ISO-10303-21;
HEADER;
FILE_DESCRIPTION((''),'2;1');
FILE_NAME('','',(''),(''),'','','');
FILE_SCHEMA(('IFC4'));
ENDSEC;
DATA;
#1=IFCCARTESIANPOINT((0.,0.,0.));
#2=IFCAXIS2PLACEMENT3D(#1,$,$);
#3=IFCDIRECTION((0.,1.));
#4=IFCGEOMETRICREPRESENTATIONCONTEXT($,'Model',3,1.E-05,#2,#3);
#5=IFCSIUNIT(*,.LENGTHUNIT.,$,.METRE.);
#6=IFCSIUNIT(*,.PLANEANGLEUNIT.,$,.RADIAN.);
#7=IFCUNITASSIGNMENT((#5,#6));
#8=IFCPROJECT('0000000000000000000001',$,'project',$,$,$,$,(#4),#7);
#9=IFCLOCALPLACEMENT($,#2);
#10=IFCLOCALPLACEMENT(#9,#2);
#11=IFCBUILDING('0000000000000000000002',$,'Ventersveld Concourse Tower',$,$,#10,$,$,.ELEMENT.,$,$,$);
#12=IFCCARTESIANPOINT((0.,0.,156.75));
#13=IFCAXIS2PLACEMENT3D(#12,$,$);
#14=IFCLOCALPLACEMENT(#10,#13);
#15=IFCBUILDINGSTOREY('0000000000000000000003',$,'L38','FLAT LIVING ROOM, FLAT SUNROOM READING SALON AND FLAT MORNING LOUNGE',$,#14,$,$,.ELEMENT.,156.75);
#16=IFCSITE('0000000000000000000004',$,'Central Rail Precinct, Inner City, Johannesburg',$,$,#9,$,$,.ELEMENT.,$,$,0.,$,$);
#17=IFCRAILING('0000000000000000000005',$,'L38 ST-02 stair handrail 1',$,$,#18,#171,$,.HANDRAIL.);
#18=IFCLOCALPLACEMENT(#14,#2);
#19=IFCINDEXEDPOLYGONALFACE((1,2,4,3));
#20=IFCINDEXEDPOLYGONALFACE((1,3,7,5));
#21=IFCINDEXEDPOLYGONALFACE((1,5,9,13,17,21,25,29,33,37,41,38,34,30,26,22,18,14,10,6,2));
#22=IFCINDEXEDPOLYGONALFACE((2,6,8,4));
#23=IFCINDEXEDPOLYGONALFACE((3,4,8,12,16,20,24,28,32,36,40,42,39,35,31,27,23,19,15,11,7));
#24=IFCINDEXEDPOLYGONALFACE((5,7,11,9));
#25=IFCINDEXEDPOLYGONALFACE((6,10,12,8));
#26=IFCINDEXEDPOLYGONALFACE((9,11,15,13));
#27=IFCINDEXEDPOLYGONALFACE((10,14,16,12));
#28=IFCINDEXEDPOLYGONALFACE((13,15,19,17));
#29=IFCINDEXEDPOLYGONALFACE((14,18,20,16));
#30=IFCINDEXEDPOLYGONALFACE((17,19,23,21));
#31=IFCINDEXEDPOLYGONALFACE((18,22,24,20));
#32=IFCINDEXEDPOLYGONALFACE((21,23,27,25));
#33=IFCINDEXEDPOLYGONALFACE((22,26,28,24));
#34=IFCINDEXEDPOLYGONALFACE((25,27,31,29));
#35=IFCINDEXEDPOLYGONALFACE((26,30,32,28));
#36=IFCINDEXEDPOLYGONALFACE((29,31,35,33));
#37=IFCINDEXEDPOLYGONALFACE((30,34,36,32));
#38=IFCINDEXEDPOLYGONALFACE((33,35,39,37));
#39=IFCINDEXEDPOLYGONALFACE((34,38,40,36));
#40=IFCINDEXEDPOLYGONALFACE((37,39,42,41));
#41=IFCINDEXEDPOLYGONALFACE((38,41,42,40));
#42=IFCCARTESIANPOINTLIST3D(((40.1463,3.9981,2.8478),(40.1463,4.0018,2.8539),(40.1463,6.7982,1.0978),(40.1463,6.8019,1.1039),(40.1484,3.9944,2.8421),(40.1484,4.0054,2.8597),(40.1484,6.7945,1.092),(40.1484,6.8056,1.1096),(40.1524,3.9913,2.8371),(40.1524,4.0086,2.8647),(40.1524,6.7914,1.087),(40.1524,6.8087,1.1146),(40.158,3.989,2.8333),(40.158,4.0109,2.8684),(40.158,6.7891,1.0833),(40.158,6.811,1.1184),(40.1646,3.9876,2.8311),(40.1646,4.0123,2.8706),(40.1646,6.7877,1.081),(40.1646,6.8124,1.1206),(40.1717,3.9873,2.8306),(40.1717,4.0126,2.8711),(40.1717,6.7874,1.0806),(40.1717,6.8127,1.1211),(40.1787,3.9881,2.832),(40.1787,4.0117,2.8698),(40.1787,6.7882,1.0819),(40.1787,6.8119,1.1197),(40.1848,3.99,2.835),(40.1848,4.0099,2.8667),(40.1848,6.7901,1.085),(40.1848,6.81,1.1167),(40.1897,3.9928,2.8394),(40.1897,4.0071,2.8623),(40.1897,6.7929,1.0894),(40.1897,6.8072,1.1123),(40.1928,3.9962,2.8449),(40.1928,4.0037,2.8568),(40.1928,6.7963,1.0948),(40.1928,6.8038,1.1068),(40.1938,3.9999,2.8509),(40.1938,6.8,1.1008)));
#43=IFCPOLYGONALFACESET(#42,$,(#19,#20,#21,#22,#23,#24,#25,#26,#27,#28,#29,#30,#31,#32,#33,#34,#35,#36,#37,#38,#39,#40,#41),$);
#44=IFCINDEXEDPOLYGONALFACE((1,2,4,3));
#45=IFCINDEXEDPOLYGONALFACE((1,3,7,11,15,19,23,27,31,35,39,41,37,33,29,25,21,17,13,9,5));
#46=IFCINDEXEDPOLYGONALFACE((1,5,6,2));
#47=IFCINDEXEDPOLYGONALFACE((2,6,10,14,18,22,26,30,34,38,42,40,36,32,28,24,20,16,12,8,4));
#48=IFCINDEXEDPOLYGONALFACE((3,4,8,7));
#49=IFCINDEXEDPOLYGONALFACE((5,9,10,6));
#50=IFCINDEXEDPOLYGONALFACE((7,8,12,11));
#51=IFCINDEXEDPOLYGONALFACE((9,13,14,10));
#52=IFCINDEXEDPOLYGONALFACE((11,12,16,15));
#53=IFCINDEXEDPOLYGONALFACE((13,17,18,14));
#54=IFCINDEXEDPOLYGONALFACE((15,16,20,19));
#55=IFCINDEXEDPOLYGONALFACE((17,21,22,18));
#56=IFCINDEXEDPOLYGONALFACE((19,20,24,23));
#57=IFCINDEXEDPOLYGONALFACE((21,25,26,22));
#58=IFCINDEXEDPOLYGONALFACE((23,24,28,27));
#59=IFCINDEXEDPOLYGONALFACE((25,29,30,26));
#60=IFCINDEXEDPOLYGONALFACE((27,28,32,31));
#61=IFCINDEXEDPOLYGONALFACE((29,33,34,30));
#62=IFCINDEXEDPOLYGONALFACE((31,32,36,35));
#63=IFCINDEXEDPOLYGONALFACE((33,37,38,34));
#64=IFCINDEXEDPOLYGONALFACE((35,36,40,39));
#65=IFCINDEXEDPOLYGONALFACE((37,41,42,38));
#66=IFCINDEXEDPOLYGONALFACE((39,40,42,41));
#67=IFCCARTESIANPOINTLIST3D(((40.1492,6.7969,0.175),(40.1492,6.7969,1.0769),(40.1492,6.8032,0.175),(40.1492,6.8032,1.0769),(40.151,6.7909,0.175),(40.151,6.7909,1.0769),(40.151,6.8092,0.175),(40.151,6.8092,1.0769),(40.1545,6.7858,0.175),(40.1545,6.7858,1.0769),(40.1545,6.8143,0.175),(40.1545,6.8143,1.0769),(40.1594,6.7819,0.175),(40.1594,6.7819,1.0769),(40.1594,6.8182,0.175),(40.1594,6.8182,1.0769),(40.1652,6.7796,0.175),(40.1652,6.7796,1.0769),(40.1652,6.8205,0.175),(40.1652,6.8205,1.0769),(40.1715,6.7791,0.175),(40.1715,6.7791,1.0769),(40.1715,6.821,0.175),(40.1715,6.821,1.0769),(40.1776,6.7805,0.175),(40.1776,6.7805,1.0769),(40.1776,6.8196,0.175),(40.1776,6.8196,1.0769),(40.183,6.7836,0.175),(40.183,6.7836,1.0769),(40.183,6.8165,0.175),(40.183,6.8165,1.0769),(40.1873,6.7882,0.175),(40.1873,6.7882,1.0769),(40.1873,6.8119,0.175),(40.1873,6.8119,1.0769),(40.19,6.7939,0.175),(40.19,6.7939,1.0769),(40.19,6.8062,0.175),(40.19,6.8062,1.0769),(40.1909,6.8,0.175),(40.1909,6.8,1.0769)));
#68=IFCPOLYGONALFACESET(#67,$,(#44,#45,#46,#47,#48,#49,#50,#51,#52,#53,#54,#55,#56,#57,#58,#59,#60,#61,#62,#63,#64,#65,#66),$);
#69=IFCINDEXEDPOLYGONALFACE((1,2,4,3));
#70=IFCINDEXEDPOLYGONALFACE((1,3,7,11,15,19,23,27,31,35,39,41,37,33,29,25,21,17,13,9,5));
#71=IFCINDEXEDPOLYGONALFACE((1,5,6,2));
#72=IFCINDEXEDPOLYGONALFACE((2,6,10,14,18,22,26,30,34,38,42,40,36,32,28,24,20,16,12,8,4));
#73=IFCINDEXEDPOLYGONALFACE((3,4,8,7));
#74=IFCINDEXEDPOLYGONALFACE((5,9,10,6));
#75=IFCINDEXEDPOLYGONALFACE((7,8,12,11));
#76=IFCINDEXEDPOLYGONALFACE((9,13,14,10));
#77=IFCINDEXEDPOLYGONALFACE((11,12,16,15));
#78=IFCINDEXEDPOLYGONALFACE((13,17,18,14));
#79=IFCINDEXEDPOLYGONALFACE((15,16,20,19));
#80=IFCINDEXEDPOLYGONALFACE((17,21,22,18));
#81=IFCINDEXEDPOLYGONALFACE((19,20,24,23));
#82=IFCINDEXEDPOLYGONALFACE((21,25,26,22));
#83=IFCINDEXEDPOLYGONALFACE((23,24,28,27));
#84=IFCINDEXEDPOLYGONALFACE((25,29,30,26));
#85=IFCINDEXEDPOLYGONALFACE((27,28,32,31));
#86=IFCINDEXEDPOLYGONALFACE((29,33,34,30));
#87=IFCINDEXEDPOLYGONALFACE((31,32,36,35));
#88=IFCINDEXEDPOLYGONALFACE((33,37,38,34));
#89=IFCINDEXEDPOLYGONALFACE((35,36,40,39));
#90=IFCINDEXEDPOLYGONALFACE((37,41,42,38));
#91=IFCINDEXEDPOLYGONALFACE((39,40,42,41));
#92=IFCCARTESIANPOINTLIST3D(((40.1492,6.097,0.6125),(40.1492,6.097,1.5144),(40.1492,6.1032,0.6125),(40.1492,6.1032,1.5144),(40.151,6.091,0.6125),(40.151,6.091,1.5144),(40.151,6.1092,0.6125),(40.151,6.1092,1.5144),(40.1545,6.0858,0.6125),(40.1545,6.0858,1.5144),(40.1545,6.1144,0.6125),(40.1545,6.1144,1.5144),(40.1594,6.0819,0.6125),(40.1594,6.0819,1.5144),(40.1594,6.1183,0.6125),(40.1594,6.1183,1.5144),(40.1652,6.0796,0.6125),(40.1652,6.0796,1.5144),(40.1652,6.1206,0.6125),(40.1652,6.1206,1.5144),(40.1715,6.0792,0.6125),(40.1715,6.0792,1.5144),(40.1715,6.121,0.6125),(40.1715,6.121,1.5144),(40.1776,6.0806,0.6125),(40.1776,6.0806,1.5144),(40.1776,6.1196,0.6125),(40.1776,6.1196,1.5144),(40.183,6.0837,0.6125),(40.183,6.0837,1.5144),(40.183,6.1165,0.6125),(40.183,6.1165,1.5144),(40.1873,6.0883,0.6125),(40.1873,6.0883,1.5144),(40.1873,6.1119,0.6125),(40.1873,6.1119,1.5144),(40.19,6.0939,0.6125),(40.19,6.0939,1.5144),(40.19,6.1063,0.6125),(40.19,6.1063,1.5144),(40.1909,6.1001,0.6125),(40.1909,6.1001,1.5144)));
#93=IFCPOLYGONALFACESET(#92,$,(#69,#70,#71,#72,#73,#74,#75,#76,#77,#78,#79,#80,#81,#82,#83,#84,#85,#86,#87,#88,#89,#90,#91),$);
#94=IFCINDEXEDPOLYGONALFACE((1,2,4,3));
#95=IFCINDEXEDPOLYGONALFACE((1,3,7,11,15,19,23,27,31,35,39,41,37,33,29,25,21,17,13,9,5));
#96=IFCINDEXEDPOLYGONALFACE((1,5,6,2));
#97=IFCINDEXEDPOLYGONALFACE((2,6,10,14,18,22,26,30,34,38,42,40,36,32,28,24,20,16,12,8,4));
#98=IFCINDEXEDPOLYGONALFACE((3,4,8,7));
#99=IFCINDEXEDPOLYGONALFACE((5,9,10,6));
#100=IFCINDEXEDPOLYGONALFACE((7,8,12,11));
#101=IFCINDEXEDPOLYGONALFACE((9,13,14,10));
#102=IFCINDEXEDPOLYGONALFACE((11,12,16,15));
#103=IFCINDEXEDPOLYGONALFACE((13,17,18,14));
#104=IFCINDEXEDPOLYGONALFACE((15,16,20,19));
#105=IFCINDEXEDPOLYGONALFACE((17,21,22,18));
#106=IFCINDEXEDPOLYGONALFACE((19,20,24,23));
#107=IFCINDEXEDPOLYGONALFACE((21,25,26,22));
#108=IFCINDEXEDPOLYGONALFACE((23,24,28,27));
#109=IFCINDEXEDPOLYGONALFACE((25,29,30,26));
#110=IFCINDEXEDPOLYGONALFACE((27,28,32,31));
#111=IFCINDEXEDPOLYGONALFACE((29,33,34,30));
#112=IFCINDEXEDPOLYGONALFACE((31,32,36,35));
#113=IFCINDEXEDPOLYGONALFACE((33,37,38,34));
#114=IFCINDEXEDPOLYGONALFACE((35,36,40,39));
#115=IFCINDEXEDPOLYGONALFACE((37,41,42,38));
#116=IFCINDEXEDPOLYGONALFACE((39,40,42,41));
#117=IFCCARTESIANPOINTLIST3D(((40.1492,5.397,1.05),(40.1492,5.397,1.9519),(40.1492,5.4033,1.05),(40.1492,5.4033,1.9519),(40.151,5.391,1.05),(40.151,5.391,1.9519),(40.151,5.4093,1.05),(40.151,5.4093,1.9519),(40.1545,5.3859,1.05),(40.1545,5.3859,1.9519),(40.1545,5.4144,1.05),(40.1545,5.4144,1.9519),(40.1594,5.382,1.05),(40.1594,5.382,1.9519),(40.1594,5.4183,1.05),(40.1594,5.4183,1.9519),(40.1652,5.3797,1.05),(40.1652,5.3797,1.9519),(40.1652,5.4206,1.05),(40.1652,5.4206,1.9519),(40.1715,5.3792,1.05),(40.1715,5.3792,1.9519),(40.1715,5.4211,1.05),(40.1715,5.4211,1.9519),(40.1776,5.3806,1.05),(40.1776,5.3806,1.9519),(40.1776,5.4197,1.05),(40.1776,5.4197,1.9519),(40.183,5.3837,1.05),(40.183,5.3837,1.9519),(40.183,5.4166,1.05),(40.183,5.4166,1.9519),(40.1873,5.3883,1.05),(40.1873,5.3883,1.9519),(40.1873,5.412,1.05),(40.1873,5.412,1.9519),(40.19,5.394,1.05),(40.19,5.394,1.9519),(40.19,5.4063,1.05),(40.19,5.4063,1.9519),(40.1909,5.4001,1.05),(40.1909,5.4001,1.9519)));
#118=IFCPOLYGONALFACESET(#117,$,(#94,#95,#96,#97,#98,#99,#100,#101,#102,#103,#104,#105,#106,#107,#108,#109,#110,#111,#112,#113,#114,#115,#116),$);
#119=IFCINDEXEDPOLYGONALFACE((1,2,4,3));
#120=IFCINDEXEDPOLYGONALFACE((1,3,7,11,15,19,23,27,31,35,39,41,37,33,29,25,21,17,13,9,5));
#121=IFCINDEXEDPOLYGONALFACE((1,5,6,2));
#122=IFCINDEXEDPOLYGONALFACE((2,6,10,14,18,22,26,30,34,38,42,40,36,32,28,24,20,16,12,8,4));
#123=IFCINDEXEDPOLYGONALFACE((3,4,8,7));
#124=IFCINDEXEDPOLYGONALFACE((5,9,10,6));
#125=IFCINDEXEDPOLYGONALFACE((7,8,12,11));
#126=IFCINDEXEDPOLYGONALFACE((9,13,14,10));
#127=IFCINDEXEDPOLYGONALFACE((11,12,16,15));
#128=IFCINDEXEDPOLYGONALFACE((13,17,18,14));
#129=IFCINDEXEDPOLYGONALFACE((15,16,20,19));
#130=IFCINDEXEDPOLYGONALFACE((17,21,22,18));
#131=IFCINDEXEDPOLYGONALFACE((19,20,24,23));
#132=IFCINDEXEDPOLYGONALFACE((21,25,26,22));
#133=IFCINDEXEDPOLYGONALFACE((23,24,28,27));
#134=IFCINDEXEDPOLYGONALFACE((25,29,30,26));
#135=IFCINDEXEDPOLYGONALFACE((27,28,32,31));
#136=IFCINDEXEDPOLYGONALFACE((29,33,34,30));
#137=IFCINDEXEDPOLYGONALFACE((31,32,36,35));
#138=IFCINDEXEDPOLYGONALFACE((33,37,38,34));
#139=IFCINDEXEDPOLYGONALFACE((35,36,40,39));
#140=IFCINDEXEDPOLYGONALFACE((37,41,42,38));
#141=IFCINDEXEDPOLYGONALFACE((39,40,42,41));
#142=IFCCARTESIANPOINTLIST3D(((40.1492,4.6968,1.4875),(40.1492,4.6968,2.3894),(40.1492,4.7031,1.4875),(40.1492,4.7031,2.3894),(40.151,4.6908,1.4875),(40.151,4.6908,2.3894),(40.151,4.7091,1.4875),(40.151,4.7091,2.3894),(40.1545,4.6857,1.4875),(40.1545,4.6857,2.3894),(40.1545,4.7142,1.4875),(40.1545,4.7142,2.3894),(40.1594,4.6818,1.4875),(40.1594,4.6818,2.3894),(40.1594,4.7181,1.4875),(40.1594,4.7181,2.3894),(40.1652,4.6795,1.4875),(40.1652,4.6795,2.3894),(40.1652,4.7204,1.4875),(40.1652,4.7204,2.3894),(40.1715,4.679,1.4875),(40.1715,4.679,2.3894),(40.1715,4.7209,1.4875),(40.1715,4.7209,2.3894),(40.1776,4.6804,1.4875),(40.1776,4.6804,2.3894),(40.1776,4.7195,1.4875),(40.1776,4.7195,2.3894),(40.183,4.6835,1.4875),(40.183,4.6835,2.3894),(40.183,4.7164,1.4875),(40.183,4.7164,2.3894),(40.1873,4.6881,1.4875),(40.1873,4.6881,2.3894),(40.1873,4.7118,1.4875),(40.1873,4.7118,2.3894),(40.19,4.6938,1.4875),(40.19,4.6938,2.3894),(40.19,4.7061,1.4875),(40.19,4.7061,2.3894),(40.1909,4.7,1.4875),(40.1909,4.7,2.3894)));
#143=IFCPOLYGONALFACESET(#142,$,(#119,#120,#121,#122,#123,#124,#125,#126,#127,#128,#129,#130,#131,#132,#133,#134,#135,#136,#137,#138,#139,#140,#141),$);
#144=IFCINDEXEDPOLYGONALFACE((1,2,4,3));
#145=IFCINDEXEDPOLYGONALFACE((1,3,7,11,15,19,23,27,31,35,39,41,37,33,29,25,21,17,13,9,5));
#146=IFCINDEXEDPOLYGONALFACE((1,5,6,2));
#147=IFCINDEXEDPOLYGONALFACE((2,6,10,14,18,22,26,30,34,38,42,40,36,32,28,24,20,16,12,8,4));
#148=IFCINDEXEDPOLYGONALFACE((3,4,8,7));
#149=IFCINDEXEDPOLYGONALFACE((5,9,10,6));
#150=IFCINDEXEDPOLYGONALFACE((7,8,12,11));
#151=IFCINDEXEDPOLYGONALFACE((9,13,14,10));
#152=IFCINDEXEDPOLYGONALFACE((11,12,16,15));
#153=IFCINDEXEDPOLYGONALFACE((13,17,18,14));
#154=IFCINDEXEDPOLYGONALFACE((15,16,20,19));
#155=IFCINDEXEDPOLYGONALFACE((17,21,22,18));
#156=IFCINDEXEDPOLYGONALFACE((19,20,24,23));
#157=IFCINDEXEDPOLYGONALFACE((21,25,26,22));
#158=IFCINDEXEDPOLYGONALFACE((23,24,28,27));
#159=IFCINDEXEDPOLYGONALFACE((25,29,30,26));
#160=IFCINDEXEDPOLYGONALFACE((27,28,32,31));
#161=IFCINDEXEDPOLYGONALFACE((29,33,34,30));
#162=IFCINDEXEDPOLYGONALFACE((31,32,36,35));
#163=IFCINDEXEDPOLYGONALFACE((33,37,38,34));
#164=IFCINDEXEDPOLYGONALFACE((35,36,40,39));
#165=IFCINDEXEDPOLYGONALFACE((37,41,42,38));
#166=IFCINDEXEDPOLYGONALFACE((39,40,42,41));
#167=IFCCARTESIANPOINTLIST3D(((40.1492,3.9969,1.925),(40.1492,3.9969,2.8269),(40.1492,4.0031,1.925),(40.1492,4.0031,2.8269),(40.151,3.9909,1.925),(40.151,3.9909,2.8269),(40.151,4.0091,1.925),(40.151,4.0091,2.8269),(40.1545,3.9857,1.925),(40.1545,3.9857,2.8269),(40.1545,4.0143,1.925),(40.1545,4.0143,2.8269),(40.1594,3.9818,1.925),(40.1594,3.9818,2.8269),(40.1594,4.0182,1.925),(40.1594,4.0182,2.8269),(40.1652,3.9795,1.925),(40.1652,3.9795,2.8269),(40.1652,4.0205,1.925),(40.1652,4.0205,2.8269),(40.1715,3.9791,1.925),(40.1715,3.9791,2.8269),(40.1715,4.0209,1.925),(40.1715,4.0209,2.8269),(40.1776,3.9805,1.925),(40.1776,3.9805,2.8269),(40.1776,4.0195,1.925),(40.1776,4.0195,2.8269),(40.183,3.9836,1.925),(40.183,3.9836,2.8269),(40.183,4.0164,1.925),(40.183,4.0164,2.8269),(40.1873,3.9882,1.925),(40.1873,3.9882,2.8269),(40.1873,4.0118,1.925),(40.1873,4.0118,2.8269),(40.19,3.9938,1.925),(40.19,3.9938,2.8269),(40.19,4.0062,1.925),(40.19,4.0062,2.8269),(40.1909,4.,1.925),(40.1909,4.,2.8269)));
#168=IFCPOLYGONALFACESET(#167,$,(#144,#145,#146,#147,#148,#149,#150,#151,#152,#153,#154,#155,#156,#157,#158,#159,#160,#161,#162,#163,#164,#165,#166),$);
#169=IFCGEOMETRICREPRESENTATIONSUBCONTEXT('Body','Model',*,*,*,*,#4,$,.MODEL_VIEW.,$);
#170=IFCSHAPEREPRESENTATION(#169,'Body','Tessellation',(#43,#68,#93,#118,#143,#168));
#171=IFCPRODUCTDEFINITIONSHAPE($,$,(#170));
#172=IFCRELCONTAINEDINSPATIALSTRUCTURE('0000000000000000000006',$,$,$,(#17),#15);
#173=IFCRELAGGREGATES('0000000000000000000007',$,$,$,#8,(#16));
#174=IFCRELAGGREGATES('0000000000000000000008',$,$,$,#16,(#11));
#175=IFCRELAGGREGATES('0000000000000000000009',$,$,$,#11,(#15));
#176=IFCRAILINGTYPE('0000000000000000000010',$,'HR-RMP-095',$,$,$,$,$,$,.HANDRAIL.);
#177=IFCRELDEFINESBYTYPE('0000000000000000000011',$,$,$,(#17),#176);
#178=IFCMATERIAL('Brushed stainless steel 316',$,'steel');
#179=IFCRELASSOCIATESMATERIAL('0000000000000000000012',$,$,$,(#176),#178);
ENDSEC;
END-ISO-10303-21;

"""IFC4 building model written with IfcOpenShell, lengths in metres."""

from ifc_helpers import new_model, si_unit, direction, frame, origin, origin_2d, place, context, subcontext, project, spatial, circle, extrude, material, type_object, element, save


model = new_model("IFC4")

# Units and contexts
model_context = context("Model", 3, precision=1e-05, world=origin(), true_north=direction((0.0, 1.0)))
body_context = subcontext(model_context, "Body", "Model", "MODEL_VIEW")
ifc_project = project(units=[si_unit("LENGTHUNIT", "METRE"), si_unit("PLANEANGLEUNIT", "RADIAN")], contexts=[model_context])

# Site, building, storey
site_placement = place(None, origin())
site = spatial("IfcSite", under=ifc_project, at=site_placement, Name="Central Rail Precinct, Inner City, Johannesburg", CompositionType="ELEMENT", RefElevation=0.0)
building_placement = place(site_placement, origin())
building = spatial("IfcBuilding", under=site, at=building_placement, Name="Ventersveld Concourse Tower", CompositionType="ELEMENT")
storey_placement = place(building_placement, frame((0.0, 0.0, 156.75)))
storey = spatial("IfcBuildingStorey", under=building, at=storey_placement, Name="L38", Description="FLAT LIVING ROOM, FLAT SUNROOM READING SALON AND FLAT MORNING LOUNGE", CompositionType="ELEMENT", Elevation=156.75)

# Shared definitions
ifc_material_1 = material(Name="Brushed stainless steel 316", Category="steel")

# Railing
railing_type_1 = type_object("IfcRailingType", Name="HR-RMP-095", PredefinedType="HANDRAIL", material=ifc_material_1)
railing_1_placement = place(storey_placement, frame((40.1699, 6.8, 0.175)))
element("IfcRailing", 1, at=railing_1_placement, inside=storey, type_object=railing_type_1, Name="L38 ST-02 stair handrail 1", PredefinedType="HANDRAIL", context=body_context, shape_type="SweptSolid", body=[
    extrude(circle(Radius=0.0239, at=origin_2d()), frame((0.0, 0.0, 0.9258), z_axis=(0.0, -0.848002, 0.529992), x_axis=(1.0, 0.0, 0.0)), (0.0, 0.0, 1.0), 3.302),
    extrude(circle(Radius=0.021, at=origin_2d()), origin(), (0.0, 0.0, 1.0), 0.9019),
    extrude(circle(Radius=0.021, at=origin_2d()), frame((0.0, -0.7, 0.4375)), (0.0, 0.0, 1.0), 0.9019),
    extrude(circle(Radius=0.021, at=origin_2d()), frame((0.0, -1.3999, 0.875)), (0.0, 0.0, 1.0), 0.9019),
    extrude(circle(Radius=0.021, at=origin_2d()), frame((0.0, -2.1001, 1.3125)), (0.0, 0.0, 1.0), 0.9019),
    extrude(circle(Radius=0.021, at=origin_2d()), frame((0.0, -2.8, 1.75)), (0.0, 0.0, 1.0), 0.9019),
])

save(model, "model.ifc")
